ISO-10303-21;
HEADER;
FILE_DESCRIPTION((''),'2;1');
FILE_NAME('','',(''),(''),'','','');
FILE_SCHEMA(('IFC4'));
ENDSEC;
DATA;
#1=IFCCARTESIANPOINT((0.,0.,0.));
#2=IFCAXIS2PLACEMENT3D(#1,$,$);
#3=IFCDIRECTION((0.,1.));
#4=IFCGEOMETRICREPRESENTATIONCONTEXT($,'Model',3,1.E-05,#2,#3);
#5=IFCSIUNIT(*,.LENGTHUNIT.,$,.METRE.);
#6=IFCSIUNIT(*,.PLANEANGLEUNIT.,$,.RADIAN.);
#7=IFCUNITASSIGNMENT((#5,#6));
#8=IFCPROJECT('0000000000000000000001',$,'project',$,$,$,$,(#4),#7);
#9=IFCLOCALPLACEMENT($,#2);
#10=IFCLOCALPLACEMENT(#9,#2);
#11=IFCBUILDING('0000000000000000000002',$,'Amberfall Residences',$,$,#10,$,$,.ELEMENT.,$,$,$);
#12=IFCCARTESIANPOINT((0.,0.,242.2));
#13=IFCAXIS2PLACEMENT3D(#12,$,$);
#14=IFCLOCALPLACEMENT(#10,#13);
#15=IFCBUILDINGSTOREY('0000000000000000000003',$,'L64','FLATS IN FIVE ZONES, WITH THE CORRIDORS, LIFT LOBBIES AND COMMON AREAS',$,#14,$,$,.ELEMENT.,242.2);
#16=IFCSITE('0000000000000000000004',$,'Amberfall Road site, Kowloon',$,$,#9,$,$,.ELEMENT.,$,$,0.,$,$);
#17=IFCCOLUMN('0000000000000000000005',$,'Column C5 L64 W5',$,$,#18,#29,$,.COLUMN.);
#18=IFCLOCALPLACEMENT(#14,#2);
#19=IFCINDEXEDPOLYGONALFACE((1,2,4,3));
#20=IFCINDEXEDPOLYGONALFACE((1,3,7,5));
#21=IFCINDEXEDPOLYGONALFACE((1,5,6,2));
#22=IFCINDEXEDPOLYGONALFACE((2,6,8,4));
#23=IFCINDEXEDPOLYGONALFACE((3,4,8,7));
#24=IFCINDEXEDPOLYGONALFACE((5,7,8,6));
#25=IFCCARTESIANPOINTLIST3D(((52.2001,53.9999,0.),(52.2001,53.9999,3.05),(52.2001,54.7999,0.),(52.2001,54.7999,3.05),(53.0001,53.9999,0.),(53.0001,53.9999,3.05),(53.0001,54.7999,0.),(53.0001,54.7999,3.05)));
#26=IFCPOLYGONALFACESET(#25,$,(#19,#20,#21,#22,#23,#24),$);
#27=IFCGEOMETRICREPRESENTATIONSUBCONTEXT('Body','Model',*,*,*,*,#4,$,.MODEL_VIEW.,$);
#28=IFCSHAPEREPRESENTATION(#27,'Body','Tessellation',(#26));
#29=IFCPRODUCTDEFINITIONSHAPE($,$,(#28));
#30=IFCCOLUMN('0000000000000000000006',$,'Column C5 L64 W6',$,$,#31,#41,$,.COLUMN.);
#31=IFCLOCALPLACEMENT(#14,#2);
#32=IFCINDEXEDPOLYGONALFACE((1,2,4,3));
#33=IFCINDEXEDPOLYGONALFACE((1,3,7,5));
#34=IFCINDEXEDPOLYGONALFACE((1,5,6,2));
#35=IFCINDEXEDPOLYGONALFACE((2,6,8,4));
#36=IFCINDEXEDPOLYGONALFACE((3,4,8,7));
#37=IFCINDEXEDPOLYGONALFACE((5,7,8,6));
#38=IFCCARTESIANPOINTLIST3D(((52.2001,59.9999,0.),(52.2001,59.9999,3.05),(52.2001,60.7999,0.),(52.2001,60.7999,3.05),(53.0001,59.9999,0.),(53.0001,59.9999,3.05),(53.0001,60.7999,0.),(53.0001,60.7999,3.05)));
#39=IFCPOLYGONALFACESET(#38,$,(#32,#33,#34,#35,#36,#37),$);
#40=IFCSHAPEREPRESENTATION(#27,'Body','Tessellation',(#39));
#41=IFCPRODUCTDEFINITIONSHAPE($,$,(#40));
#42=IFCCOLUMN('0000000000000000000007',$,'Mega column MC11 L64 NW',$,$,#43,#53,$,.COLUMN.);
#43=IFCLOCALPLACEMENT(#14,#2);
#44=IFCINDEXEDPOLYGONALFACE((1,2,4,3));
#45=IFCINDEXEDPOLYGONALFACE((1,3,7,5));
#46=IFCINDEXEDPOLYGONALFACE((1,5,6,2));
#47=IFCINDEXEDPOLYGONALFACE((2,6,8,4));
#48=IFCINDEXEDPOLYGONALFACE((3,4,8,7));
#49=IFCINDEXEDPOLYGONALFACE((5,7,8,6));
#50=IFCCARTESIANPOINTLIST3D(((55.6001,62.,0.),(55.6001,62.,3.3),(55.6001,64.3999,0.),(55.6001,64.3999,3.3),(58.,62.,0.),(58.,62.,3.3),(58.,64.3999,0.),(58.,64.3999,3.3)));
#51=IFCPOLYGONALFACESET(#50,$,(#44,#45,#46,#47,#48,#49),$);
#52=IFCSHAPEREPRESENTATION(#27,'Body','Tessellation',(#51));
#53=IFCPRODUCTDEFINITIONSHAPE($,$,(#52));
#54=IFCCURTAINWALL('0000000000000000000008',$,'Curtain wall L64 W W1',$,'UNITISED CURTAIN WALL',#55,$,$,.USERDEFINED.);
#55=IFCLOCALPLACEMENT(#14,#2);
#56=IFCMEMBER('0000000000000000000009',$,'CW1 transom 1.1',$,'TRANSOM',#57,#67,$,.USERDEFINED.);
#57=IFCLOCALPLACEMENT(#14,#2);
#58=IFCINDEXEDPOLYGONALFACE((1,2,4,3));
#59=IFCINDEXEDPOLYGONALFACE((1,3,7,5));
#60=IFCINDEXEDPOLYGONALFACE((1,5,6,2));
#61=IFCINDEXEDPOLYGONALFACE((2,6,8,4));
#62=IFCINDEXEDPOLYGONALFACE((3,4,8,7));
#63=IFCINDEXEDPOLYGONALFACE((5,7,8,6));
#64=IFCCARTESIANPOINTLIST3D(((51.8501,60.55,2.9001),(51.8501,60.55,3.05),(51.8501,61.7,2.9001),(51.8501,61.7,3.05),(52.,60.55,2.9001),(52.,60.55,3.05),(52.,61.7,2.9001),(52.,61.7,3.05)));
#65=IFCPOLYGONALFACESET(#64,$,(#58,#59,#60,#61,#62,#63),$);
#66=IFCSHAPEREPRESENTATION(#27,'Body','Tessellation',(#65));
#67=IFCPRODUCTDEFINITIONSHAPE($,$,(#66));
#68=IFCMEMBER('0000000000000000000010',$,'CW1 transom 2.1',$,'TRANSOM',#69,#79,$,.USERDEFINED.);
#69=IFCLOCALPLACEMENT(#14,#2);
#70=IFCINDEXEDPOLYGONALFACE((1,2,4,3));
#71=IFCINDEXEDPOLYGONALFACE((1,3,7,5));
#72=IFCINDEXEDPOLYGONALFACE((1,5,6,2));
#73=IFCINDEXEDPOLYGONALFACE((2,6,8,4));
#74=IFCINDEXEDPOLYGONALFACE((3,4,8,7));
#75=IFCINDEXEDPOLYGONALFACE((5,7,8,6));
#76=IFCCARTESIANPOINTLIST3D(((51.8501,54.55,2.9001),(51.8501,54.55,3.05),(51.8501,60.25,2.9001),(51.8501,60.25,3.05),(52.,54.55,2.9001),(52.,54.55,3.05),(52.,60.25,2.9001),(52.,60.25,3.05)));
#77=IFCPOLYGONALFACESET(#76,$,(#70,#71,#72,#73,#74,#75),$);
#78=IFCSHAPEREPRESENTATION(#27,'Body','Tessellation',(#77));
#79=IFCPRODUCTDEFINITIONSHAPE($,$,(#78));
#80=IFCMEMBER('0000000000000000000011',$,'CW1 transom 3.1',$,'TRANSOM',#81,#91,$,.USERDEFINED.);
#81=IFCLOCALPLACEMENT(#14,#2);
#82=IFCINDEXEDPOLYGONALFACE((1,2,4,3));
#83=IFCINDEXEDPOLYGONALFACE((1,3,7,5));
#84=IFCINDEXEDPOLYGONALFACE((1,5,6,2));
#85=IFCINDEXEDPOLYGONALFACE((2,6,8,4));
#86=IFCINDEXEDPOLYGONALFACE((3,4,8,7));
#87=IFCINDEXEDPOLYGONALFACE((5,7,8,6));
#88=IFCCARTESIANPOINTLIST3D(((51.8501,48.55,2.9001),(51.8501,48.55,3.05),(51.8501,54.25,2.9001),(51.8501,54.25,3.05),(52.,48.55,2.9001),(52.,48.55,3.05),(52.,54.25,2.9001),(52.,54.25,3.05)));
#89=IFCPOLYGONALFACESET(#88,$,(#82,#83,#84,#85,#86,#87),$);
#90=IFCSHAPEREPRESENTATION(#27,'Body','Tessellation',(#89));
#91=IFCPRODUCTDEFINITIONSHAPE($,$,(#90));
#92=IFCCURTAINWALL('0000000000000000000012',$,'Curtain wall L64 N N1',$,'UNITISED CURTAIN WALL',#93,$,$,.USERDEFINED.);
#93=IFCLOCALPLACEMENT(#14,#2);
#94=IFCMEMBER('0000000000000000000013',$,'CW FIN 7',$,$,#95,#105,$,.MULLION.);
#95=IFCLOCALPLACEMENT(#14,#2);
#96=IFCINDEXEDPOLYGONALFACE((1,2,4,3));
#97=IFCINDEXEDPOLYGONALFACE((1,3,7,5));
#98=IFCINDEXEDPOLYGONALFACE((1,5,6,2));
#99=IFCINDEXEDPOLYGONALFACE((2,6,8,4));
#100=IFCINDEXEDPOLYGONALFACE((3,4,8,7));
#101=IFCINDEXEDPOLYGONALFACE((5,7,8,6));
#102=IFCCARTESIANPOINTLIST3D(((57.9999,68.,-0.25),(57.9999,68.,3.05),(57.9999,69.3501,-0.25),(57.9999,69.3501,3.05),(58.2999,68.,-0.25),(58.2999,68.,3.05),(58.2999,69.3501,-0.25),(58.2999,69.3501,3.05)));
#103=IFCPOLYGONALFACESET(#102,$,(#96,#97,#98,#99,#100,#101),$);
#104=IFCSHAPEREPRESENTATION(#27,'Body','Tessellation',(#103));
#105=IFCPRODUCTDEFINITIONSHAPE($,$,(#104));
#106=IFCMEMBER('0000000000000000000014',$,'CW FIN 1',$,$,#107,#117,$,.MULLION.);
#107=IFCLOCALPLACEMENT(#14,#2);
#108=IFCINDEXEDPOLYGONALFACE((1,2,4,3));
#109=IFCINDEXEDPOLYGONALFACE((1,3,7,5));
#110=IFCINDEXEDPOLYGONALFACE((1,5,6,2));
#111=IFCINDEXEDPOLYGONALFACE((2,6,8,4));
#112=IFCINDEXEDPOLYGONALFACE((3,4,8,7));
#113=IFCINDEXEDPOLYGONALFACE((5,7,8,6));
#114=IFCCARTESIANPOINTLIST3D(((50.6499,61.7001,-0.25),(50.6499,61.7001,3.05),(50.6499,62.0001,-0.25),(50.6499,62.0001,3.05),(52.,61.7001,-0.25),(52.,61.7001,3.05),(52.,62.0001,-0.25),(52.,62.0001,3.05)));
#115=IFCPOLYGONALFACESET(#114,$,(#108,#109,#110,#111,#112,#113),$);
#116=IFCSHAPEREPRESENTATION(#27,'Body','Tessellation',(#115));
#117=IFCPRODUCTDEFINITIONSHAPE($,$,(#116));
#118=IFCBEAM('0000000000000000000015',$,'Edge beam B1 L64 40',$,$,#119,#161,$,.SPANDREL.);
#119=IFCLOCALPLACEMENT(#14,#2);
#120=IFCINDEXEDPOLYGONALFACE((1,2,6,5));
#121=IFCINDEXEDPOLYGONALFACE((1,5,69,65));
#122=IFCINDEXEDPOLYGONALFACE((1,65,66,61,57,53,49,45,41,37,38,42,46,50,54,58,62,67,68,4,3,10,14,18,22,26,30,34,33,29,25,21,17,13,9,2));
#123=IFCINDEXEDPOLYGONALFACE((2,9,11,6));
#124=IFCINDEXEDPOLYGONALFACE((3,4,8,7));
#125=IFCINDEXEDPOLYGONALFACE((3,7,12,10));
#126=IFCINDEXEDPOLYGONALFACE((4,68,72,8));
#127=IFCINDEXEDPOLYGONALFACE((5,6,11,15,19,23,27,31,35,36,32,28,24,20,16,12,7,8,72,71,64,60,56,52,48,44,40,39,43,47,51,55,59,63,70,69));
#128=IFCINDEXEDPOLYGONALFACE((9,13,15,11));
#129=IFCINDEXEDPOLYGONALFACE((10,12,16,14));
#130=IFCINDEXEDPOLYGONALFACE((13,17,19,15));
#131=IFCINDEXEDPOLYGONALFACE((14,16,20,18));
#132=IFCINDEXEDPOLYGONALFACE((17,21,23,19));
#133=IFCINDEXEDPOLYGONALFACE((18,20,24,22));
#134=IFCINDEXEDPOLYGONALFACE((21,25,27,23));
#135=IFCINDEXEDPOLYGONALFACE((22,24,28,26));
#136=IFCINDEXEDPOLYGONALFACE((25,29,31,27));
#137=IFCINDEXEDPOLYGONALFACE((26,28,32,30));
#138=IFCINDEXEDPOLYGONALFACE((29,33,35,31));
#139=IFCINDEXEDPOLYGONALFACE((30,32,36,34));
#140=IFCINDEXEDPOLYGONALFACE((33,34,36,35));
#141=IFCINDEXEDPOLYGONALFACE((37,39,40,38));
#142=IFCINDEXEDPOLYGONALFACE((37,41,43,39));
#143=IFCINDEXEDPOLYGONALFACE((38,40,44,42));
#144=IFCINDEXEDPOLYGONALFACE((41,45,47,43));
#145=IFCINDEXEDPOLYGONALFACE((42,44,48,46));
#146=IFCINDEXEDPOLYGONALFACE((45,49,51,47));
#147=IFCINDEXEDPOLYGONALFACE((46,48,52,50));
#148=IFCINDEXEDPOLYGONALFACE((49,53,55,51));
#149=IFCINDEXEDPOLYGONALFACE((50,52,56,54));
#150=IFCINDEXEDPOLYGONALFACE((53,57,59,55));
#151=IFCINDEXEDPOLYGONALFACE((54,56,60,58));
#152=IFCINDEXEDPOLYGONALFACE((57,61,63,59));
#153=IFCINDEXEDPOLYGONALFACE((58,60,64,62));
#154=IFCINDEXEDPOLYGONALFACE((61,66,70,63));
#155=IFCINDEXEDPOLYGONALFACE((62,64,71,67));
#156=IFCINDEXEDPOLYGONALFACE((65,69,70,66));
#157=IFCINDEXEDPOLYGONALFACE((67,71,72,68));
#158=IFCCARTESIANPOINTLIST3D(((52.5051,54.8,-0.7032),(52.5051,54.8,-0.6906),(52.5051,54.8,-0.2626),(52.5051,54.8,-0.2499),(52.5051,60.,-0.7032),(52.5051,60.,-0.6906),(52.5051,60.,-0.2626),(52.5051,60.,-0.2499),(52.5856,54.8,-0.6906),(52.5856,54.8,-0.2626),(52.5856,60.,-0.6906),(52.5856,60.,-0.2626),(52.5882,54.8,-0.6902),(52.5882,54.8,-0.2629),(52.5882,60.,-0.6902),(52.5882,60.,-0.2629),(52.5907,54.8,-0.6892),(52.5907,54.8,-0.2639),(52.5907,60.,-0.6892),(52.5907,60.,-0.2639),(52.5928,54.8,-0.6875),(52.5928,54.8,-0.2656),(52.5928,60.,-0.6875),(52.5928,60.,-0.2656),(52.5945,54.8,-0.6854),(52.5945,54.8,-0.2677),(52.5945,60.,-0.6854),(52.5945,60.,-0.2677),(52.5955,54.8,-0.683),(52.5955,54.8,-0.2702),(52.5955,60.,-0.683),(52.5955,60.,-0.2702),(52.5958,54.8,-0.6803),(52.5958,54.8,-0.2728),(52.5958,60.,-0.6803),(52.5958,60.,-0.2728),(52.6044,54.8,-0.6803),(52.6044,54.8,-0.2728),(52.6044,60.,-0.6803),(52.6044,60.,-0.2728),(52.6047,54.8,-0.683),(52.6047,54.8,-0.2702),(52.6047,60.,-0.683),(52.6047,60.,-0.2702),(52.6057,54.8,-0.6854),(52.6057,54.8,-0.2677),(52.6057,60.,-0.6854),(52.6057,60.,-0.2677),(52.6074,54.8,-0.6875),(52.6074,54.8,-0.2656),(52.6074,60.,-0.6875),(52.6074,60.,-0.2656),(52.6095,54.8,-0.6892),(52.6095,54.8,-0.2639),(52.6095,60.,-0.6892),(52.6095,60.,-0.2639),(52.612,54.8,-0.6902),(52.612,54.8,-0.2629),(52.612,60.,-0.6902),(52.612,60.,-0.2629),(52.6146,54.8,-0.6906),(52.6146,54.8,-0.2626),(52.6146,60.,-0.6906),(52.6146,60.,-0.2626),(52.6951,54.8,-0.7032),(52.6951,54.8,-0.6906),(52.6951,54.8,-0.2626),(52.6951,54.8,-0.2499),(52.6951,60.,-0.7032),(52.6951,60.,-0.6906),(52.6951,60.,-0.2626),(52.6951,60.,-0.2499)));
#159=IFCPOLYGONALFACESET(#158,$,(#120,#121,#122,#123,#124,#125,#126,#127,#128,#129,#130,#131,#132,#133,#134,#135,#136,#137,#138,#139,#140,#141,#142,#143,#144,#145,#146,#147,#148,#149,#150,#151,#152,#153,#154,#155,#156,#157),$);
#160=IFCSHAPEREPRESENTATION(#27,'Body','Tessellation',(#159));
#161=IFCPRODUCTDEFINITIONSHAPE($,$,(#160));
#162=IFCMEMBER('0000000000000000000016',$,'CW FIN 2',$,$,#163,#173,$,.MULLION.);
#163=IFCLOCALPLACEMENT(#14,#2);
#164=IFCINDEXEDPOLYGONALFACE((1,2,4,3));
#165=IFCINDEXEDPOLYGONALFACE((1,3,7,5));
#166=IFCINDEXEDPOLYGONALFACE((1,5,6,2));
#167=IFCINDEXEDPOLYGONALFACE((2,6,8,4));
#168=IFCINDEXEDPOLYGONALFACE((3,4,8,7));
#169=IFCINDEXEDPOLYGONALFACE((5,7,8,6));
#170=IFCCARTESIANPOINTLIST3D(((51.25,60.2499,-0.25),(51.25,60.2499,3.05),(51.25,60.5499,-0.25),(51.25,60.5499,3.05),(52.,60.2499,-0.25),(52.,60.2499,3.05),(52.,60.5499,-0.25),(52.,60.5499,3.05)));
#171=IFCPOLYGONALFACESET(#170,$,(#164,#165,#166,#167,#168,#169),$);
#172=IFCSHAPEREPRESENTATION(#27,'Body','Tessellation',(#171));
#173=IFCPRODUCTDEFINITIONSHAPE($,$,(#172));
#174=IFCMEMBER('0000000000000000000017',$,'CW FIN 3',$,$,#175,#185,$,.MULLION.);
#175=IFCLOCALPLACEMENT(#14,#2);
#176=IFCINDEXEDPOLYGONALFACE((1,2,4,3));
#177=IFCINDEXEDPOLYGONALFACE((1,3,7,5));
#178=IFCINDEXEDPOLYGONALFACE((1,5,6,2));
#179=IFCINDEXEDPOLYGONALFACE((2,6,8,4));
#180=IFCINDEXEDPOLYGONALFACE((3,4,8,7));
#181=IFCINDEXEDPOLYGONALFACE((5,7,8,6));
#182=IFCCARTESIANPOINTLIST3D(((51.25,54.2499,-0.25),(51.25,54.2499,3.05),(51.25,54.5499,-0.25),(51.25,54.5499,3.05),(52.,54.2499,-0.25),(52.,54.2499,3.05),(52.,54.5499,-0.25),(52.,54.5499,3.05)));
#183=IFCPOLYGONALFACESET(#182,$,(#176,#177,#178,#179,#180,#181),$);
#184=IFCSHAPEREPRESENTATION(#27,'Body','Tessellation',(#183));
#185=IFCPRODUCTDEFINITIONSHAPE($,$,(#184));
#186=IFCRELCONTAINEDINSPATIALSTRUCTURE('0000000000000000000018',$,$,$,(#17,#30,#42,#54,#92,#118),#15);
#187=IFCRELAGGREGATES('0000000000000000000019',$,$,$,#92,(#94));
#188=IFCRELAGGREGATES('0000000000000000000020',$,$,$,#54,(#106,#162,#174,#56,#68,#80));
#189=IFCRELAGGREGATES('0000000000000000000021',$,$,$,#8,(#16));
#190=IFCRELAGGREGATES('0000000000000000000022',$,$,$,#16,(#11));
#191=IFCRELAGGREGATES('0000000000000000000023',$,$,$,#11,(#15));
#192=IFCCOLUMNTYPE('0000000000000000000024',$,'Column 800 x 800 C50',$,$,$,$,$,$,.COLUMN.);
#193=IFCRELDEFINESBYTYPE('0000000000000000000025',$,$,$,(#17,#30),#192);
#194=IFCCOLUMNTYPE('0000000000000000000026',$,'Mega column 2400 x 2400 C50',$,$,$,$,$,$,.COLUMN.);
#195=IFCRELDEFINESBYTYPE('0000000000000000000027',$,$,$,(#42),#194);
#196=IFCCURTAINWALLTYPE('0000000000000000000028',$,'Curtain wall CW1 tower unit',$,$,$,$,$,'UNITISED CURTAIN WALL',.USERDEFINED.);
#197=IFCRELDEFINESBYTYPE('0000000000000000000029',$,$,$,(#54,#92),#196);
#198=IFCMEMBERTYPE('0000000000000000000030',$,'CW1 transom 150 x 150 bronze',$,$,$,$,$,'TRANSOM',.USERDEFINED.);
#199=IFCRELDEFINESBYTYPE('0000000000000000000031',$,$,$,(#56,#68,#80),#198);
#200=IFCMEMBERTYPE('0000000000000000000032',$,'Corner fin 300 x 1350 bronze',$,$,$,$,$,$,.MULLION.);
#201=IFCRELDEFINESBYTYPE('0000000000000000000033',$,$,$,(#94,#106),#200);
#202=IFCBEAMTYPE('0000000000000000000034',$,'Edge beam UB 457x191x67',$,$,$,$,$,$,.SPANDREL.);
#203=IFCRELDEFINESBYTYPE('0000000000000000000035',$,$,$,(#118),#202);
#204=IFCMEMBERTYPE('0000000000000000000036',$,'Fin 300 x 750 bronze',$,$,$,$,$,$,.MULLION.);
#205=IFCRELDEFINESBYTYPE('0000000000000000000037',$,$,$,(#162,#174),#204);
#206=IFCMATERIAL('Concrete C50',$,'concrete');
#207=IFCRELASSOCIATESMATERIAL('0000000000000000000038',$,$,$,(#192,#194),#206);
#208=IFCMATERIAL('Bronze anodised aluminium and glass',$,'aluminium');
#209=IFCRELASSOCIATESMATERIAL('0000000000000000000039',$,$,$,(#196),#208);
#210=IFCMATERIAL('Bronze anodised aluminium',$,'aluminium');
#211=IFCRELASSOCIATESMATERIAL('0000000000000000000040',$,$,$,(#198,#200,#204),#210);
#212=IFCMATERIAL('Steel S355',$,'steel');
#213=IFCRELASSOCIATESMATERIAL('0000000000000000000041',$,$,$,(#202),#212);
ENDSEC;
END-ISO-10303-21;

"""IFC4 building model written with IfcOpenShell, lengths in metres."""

from ifc_helpers import new_model, si_unit, direction, frame, origin, origin_2d, place, context, subcontext, project, spatial, rectangle, i_section, extrude, material, material_profile, profile_set, type_object, element, aggregate, save


model = new_model("IFC4")

# Units and contexts
model_context = context("Model", 3, precision=1e-05, world=origin(), true_north=direction((0.0, 1.0)))
body_context = subcontext(model_context, "Body", "Model", "MODEL_VIEW")
ifc_project = project(units=[si_unit("LENGTHUNIT", "METRE"), si_unit("PLANEANGLEUNIT", "RADIAN")], contexts=[model_context])

# Site, building, storey
site_placement = place(None, origin())
site = spatial("IfcSite", under=ifc_project, at=site_placement, Name="Amberfall Road site, Kowloon", CompositionType="ELEMENT", RefElevation=0.0)
building_placement = place(site_placement, origin())
building = spatial("IfcBuilding", under=site, at=building_placement, Name="Amberfall Residences", CompositionType="ELEMENT")
storey_placement = place(building_placement, frame((0.0, 0.0, 242.2)))
storey = spatial("IfcBuildingStorey", under=building, at=storey_placement, Name="L64", Description="FLATS IN FIVE ZONES, WITH THE CORRIDORS, LIFT LOBBIES AND COMMON AREAS", CompositionType="ELEMENT", Elevation=242.2)

# Columns
ifc_material_1 = material(Name="Concrete C50", Category="concrete")
ifc_material_profile_1 = material_profile(ifc_material_1, rectangle(XDim=0.8, YDim=0.8, at=origin_2d()), Name="Column 800 x 800 C50")
ifc_profile_set_1 = profile_set([ifc_material_profile_1], Name="Concrete C50")
column_type_1 = type_object("IfcColumnType", Name="Column 800 x 800 C50", PredefinedType="COLUMN", material=ifc_profile_set_1)
for number, where, z_axis, x_axis, name in (
    (1, (52.6001, 54.3999, 0.0), (0.0, 0.0, 1.0), (1.0, 0.0, 0.0), "Column C5 L64 W5"),
    (2, (52.6001, 60.3999, 0.0), (0.0, 0.0, 1.0), (1.0, 0.0, 0.0), "Column C5 L64 W6"),
):
    element("IfcColumn", number, at=place(storey_placement, frame(where, z_axis=z_axis, x_axis=x_axis)), inside=storey, type_object=column_type_1, Name=name, PredefinedType="COLUMN", context=body_context, shape_type="SweptSolid", body=[
        extrude(rectangle(XDim=0.8, YDim=0.8, at=origin_2d()), origin(), (0.0, 0.0, 1.0), 3.05),
    ])
ifc_material_profile_2 = material_profile(ifc_material_1, rectangle(XDim=2.3999, YDim=2.3999, at=origin_2d()), Name="Mega column 2400 x 2400 C50")
ifc_profile_set_2 = profile_set([ifc_material_profile_2], Name="Concrete C50")
column_type_2 = type_object("IfcColumnType", Name="Mega column 2400 x 2400 C50", PredefinedType="COLUMN", material=ifc_profile_set_2)
column_placement = place(storey_placement, frame((56.8, 63.2, 0.0), z_axis=(0.0, 0.0, 1.0), x_axis=(1.0, 0.0, 0.0)))
element("IfcColumn", 3, at=column_placement, inside=storey, type_object=column_type_2, Name="Mega column MC11 L64 NW", PredefinedType="COLUMN", context=body_context, shape_type="SweptSolid", body=[
    extrude(rectangle(XDim=2.3999, YDim=2.3999, at=origin_2d()), origin(), (0.0, 0.0, 1.0), 3.3),
])

# Curtain wall, members
ifc_material_2 = material(Name="Bronze anodised aluminium and glass", Category="aluminium")
curtain_wall_type = type_object("IfcCurtainWallType", Name="Curtain wall CW1 tower unit", ElementType="UNITISED CURTAIN WALL", PredefinedType="USERDEFINED", material=ifc_material_2)
curtain_wall_1_placement = place(storey_placement, origin())
curtain_wall_1 = element("IfcCurtainWall", 4, at=curtain_wall_1_placement, inside=storey, type_object=curtain_wall_type, Name="Curtain wall L64 W W1", ObjectType="UNITISED CURTAIN WALL", PredefinedType="USERDEFINED")
ifc_material_3 = material(Name="Bronze anodised aluminium", Category="aluminium")
ifc_material_profile_3 = material_profile(ifc_material_3, rectangle(XDim=0.1499, YDim=0.1499, at=origin_2d()), Name="CW1 transom 150 x 150 bronze")
ifc_profile_set_3 = profile_set([ifc_material_profile_3], Name="Bronze anodised aluminium")
member_type_1 = type_object("IfcMemberType", Name="CW1 transom 150 x 150 bronze", ElementType="TRANSOM", PredefinedType="USERDEFINED", material=ifc_profile_set_3)
member_1_placement = place(storey_placement, frame((51.925, 61.7, 2.9751), z_axis=(0.0, -1.0, 0.0), x_axis=(1.0, 0.0, 0.0)))
member_1 = element("IfcMember", 5, at=member_1_placement, type_object=member_type_1, Name="CW1 transom 1.1", ObjectType="TRANSOM", PredefinedType="USERDEFINED", context=body_context, shape_type="SweptSolid", body=[
    extrude(rectangle(XDim=0.1499, YDim=0.1499, at=origin_2d()), origin(), (0.0, 0.0, 1.0), 1.1499),
])
member_2_placement = place(storey_placement, frame((51.925, 60.25, 2.9751), z_axis=(0.0, -1.0, 0.0), x_axis=(1.0, 0.0, 0.0)))
member_2 = element("IfcMember", 6, at=member_2_placement, type_object=member_type_1, Name="CW1 transom 2.1", ObjectType="TRANSOM", PredefinedType="USERDEFINED", context=body_context, shape_type="SweptSolid", body=[
    extrude(rectangle(XDim=0.1499, YDim=0.1499, at=origin_2d()), origin(), (0.0, 0.0, 1.0), 5.7),
])
member_3_placement = place(storey_placement, frame((51.925, 54.25, 2.9751), z_axis=(0.0, -1.0, 0.0), x_axis=(1.0, 0.0, 0.0)))
member_3 = element("IfcMember", 7, at=member_3_placement, type_object=member_type_1, Name="CW1 transom 3.1", ObjectType="TRANSOM", PredefinedType="USERDEFINED", context=body_context, shape_type="SweptSolid", body=[
    extrude(rectangle(XDim=0.1499, YDim=0.1499, at=origin_2d()), origin(), (0.0, 0.0, 1.0), 5.7),
])

# Curtain wall, member
curtain_wall_2_placement = place(storey_placement, origin())
curtain_wall_2 = element("IfcCurtainWall", 8, at=curtain_wall_2_placement, inside=storey, type_object=curtain_wall_type, Name="Curtain wall L64 N N1", ObjectType="UNITISED CURTAIN WALL", PredefinedType="USERDEFINED")
ifc_material_profile_4 = material_profile(ifc_material_3, rectangle(XDim=1.3501, YDim=0.3, at=origin_2d()), Name="Corner fin 300 x 1350 bronze")
ifc_profile_set_4 = profile_set([ifc_material_profile_4], Name="Bronze anodised aluminium")
member_type_2 = type_object("IfcMemberType", Name="Corner fin 300 x 1350 bronze", PredefinedType="MULLION", material=ifc_profile_set_4)
member_4_placement = place(storey_placement, frame((58.1499, 68.675, -0.25), z_axis=(0.0, 0.0, 1.0), x_axis=(0.0, -1.0, 0.0)))
member_4 = element("IfcMember", 9, at=member_4_placement, type_object=member_type_2, Name="CW FIN 7", PredefinedType="MULLION", context=body_context, shape_type="SweptSolid", body=[
    extrude(rectangle(XDim=1.3501, YDim=0.3, at=origin_2d()), origin(), (0.0, 0.0, 1.0), 3.3),
])
aggregate(curtain_wall_2, [member_4])

# Member
member_5_placement = place(storey_placement, frame((51.325, 61.8501, -0.25), z_axis=(0.0, 0.0, 1.0), x_axis=(1.0, 0.0, 0.0)))
member_5 = element("IfcMember", 10, at=member_5_placement, type_object=member_type_2, Name="CW FIN 1", PredefinedType="MULLION", context=body_context, shape_type="SweptSolid", body=[
    extrude(rectangle(XDim=1.3501, YDim=0.3, at=origin_2d()), origin(), (0.0, 0.0, 1.0), 3.3),
])

# Beam
ifc_material_4 = material(Name="Steel S355", Category="steel")
ifc_material_profile_5 = material_profile(ifc_material_4, i_section(OverallWidth=0.1899, OverallDepth=0.4534, WebThickness=0.0085, FlangeThickness=0.0127, FilletRadius=0.0103, at=origin_2d()), Name="UB 457x191x67")
ifc_profile_set_5 = profile_set([ifc_material_profile_5], Name="Steel S355")
beam_type_1 = type_object("IfcBeamType", Name="Edge beam UB 457x191x67", PredefinedType="SPANDREL", material=ifc_profile_set_5)
beam_1_placement = place(storey_placement, frame((52.6001, 54.8, -0.4766), z_axis=(0.0, 1.0, 0.0), x_axis=(-1.0, 0.0, 0.0)))
element("IfcBeam", 11, at=beam_1_placement, inside=storey, type_object=beam_type_1, Name="Edge beam B1 L64 40", PredefinedType="SPANDREL", context=body_context, shape_type="SweptSolid", body=[
    extrude(i_section(OverallWidth=0.1899, OverallDepth=0.4534, WebThickness=0.0085, FlangeThickness=0.0127, FilletRadius=0.0103, at=origin_2d()), origin(), (0.0, 0.0, 1.0), 5.2),
])

# Members
ifc_material_profile_6 = material_profile(ifc_material_3, rectangle(XDim=0.75, YDim=0.3, at=origin_2d()), Name="Fin 300 x 750 bronze")
ifc_profile_set_6 = profile_set([ifc_material_profile_6], Name="Bronze anodised aluminium")
member_type_3 = type_object("IfcMemberType", Name="Fin 300 x 750 bronze", PredefinedType="MULLION", material=ifc_profile_set_6)
member_6_placement = place(storey_placement, frame((51.625, 60.3999, -0.25), z_axis=(0.0, 0.0, 1.0), x_axis=(1.0, 0.0, 0.0)))
member_6 = element("IfcMember", 12, at=member_6_placement, type_object=member_type_3, Name="CW FIN 2", PredefinedType="MULLION", context=body_context, shape_type="SweptSolid", body=[
    extrude(rectangle(XDim=0.75, YDim=0.3, at=origin_2d()), origin(), (0.0, 0.0, 1.0), 3.3),
])
member_7_placement = place(storey_placement, frame((51.625, 54.3999, -0.25), z_axis=(0.0, 0.0, 1.0), x_axis=(1.0, 0.0, 0.0)))
member_7 = element("IfcMember", 13, at=member_7_placement, type_object=member_type_3, Name="CW FIN 3", PredefinedType="MULLION", context=body_context, shape_type="SweptSolid", body=[
    extrude(rectangle(XDim=0.75, YDim=0.3, at=origin_2d()), origin(), (0.0, 0.0, 1.0), 3.3),
])

aggregate(curtain_wall_1, [member_5, member_6, member_7, member_1, member_2, member_3])

save(model, "model.ifc")
